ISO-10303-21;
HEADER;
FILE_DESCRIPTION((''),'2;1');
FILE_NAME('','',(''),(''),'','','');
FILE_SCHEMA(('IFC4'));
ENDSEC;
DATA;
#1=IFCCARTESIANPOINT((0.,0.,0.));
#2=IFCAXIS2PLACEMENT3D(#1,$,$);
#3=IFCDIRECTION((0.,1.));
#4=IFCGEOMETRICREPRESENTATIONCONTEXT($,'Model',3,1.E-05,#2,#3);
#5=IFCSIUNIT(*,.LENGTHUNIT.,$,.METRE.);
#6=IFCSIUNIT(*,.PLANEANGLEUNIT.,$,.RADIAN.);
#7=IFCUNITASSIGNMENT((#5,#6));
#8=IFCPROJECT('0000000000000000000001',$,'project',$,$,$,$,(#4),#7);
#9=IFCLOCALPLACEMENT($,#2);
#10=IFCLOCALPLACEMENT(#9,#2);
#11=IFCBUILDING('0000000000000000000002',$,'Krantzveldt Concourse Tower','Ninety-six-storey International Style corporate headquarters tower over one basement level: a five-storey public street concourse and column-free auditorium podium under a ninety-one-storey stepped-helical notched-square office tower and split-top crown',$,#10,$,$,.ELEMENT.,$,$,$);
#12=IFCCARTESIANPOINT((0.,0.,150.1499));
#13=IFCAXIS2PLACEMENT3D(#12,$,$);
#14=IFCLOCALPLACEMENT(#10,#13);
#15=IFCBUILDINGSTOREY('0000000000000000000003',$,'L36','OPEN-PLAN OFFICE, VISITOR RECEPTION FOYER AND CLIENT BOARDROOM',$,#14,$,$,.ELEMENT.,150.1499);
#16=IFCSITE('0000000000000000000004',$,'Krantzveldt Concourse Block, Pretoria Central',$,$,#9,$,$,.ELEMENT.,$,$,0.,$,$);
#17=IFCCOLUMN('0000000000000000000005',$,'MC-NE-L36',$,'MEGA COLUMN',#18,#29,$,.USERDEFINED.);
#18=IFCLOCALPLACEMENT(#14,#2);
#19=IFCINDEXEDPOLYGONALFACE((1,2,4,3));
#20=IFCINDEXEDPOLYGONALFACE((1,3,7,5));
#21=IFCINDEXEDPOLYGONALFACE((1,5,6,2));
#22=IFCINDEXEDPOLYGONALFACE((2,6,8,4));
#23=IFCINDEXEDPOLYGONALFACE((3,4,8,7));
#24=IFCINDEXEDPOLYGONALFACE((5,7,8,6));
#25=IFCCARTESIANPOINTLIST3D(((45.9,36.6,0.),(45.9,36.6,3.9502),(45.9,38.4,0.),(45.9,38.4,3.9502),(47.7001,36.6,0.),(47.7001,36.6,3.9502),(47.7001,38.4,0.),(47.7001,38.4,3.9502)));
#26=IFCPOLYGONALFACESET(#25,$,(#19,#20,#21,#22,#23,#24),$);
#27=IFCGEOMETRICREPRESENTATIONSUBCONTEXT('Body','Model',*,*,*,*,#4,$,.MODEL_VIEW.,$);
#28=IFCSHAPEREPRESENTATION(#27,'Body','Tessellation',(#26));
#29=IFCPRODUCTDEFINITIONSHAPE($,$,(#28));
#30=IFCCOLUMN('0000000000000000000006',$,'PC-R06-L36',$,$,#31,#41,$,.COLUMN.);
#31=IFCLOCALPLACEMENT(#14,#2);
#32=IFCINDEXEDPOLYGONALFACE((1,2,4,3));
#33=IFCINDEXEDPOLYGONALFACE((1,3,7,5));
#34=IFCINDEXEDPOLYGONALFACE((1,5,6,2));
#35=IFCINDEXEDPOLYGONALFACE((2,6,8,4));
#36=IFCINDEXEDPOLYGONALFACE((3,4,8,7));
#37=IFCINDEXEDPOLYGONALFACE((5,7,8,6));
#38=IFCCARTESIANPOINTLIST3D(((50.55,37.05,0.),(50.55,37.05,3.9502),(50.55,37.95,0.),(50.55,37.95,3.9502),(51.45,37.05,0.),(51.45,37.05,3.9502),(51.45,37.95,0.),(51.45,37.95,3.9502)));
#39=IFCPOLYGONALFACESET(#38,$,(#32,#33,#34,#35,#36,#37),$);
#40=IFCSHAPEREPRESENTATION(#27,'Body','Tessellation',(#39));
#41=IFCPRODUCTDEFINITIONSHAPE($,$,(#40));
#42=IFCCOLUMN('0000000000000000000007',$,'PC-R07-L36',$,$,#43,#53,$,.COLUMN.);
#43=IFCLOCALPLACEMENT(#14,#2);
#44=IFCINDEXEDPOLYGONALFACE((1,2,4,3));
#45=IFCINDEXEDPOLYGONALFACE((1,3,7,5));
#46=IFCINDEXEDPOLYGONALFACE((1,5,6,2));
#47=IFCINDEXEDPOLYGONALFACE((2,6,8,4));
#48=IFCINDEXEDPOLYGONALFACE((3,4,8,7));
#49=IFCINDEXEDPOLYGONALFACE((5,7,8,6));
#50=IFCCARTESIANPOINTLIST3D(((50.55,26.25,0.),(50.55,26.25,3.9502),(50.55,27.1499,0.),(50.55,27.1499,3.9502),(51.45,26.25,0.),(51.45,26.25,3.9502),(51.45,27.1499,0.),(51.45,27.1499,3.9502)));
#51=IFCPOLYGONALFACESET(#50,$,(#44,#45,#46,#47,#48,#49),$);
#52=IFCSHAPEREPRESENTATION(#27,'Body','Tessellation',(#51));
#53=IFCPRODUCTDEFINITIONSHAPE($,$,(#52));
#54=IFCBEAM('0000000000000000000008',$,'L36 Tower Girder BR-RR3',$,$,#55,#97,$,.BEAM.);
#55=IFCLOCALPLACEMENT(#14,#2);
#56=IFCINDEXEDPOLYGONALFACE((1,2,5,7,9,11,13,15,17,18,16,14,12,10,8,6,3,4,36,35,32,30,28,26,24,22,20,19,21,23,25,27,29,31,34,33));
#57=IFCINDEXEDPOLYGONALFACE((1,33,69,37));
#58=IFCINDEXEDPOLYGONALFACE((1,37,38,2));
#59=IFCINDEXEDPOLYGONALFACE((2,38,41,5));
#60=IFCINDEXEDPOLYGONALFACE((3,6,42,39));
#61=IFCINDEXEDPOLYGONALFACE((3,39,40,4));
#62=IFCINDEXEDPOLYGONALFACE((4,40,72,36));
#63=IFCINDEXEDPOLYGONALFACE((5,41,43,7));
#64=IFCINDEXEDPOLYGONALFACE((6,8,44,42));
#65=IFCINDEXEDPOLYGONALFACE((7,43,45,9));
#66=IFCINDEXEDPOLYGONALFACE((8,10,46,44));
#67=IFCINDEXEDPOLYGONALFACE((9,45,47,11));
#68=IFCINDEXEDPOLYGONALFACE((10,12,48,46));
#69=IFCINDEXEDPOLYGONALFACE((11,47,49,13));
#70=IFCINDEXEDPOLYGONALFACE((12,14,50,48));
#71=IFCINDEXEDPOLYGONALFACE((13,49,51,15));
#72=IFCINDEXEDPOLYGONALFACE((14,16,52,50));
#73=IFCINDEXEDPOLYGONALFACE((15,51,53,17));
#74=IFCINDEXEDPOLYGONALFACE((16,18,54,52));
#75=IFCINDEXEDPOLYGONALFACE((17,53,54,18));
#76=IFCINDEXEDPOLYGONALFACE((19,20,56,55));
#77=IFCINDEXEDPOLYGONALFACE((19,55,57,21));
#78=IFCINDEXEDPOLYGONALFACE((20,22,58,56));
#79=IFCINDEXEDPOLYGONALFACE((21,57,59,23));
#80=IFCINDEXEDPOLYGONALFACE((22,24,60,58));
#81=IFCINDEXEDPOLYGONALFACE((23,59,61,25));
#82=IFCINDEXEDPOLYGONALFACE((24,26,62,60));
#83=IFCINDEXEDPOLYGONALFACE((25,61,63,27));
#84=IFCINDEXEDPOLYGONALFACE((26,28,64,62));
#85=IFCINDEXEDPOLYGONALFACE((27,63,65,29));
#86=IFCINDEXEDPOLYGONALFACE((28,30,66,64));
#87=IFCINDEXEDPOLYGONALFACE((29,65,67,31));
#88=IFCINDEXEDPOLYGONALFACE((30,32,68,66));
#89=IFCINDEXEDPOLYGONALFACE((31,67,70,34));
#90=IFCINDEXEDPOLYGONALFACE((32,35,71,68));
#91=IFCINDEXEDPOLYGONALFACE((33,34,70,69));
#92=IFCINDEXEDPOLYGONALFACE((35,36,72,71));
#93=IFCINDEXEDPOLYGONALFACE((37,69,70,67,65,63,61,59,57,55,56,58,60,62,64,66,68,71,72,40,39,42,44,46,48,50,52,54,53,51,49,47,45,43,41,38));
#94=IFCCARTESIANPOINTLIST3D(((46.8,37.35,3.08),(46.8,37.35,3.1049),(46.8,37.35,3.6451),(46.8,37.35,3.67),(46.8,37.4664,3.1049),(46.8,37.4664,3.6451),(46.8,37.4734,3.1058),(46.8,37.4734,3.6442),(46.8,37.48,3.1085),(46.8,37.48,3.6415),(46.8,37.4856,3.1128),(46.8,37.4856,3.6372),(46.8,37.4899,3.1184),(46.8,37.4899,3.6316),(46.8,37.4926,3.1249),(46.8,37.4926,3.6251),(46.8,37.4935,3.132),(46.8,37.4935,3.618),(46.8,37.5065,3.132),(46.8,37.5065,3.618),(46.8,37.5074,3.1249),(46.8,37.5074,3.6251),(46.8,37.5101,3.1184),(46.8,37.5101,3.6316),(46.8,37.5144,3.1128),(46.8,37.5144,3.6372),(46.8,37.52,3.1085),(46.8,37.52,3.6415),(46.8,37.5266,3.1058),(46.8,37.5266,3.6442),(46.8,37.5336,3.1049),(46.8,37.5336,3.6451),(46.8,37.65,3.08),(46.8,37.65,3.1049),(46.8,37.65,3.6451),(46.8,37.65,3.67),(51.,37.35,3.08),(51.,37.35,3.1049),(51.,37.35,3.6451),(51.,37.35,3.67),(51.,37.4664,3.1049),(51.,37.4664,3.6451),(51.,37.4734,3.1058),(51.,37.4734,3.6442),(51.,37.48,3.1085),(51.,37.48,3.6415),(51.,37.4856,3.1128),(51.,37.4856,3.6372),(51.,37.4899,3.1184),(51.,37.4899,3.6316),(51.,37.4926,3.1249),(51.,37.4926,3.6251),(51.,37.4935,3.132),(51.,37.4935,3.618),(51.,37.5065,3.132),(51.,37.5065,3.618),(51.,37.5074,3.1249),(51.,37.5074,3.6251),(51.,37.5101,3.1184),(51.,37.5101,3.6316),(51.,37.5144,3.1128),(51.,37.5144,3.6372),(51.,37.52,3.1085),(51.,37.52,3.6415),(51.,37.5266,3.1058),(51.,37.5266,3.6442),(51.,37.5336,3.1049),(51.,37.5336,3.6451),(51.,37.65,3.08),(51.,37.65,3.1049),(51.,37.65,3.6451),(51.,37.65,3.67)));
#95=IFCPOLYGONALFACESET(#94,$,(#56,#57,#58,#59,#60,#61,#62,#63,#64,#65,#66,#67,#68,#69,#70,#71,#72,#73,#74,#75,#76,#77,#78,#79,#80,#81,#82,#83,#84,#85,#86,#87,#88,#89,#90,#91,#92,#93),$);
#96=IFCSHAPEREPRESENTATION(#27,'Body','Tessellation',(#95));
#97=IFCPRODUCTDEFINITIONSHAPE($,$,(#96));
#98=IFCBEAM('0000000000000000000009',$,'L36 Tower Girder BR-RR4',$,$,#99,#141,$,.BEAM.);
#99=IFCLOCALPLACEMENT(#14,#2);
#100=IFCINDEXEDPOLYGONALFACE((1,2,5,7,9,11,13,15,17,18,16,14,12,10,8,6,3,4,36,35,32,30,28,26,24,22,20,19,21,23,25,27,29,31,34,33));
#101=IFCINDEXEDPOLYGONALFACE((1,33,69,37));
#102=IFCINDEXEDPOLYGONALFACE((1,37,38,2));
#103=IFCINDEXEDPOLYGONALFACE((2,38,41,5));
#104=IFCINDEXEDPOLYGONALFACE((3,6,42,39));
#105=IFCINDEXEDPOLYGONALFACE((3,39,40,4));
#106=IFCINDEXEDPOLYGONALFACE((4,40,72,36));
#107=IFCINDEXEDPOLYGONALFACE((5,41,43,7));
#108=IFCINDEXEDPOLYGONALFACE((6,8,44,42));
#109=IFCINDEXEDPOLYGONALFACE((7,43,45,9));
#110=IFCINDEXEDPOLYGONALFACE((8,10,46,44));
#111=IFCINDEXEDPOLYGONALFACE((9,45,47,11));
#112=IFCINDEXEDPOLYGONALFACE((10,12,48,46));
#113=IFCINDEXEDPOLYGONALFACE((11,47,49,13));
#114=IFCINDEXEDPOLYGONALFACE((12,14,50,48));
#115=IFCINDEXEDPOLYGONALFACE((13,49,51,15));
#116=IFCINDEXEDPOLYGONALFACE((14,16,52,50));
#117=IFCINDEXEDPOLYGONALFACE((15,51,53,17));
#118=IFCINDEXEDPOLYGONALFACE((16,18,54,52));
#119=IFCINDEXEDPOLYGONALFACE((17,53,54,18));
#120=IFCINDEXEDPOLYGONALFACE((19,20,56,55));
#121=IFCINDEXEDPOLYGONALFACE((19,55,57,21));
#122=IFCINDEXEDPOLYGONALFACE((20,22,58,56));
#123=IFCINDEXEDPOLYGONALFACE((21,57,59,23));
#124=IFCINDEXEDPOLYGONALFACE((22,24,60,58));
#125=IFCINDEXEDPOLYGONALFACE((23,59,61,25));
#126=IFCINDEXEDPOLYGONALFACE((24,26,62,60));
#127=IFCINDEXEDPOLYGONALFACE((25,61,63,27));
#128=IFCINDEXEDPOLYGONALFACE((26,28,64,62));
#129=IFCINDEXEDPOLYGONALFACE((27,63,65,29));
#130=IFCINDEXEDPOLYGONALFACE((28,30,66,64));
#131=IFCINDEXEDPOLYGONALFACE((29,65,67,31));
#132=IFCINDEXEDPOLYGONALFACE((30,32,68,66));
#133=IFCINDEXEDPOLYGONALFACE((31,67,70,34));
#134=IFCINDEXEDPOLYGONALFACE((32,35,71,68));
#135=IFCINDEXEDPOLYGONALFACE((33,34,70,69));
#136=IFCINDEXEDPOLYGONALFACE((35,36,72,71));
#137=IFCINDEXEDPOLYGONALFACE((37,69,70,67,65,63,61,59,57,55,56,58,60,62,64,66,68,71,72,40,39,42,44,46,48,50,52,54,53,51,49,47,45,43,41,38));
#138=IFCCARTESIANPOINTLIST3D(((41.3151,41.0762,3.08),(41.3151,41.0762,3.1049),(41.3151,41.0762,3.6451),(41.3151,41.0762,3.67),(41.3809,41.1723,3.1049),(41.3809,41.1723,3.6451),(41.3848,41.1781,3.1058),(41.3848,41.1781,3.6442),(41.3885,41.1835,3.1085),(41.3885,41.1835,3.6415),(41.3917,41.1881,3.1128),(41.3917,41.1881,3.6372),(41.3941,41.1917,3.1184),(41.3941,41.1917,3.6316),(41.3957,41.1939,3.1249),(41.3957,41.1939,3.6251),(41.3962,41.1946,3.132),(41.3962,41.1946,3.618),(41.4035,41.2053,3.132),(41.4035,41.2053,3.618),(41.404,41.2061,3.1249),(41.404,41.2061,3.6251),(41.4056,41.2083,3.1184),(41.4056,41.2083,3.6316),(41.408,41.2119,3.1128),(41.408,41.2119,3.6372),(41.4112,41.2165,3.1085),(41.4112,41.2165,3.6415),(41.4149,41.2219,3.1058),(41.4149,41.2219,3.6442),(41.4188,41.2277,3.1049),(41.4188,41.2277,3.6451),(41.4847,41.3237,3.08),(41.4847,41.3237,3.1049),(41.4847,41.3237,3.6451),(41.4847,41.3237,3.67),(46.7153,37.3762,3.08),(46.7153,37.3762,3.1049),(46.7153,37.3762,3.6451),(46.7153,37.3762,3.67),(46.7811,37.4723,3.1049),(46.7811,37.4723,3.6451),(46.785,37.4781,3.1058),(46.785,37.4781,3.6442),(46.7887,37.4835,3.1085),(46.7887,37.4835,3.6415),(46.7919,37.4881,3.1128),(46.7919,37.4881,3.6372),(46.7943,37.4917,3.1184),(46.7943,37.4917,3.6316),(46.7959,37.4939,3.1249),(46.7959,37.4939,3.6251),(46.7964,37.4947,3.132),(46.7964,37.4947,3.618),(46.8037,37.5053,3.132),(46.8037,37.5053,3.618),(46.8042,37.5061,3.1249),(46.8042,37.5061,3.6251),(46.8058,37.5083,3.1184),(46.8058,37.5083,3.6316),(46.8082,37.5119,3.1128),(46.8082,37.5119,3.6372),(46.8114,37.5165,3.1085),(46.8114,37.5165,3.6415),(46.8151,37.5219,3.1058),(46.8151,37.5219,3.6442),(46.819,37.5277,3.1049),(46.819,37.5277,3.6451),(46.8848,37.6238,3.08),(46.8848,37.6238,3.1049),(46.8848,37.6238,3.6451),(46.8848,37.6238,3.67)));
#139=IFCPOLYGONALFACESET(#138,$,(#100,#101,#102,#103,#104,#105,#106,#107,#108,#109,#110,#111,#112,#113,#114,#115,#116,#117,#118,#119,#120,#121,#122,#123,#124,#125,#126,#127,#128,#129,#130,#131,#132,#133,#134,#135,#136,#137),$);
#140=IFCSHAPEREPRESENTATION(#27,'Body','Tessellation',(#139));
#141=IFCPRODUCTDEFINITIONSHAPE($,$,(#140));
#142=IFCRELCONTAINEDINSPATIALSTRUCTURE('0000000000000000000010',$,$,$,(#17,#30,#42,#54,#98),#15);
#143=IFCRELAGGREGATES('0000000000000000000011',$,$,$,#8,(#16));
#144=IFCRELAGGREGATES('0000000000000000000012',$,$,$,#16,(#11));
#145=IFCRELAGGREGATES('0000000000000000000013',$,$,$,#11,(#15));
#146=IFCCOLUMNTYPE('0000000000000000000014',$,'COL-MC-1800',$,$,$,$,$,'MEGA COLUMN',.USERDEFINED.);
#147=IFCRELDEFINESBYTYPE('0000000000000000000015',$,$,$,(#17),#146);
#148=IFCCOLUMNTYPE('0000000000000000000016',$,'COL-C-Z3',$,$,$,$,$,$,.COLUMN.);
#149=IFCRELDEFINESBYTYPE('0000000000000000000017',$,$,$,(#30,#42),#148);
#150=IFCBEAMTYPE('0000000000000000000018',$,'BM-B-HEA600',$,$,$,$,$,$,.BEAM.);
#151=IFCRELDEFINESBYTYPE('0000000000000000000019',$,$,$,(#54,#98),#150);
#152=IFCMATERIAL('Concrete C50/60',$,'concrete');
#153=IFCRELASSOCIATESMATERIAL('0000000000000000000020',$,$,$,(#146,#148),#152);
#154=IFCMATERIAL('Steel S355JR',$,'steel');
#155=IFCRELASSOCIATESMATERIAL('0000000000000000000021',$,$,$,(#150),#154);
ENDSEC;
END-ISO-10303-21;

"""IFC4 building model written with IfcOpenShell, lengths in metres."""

from ifc_helpers import new_model, si_unit, direction, frame, origin, origin_2d, place, context, subcontext, project, spatial, rectangle, i_section, extrude, source, transform, mapped, material, material_profile, profile_set, type_object, type_shapes, element, save


model = new_model("IFC4")

# Units and contexts
model_context = context("Model", 3, precision=1e-05, world=origin(), true_north=direction((0.0, 1.0)))
body_context = subcontext(model_context, "Body", "Model", "MODEL_VIEW")
ifc_project = project(units=[si_unit("LENGTHUNIT", "METRE"), si_unit("PLANEANGLEUNIT", "RADIAN")], contexts=[model_context])

# Site, building, storey
site_placement = place(None, origin())
site = spatial("IfcSite", under=ifc_project, at=site_placement, Name="Krantzveldt Concourse Block, Pretoria Central", CompositionType="ELEMENT", RefElevation=0.0)
building_placement = place(site_placement, origin())
building = spatial("IfcBuilding", under=site, at=building_placement, Name="Krantzveldt Concourse Tower", Description="Ninety-six-storey International Style corporate headquarters tower over one basement level: a five-storey public street concourse and column-free auditorium podium under a ninety-one-storey stepped-helical notched-square office tower and split-top crown", CompositionType="ELEMENT")
storey_placement = place(building_placement, frame((0.0, 0.0, 150.1499)))
storey = spatial("IfcBuildingStorey", under=building, at=storey_placement, Name="L36", Description="OPEN-PLAN OFFICE, VISITOR RECEPTION FOYER AND CLIENT BOARDROOM", CompositionType="ELEMENT", Elevation=150.1499)

# Columns
ifc_material_1 = material(Name="Concrete C50/60", Category="concrete")
ifc_material_profile_1 = material_profile(ifc_material_1, rectangle(XDim=1.8, YDim=1.8, at=origin_2d()), Name="Concrete C50/60", Category="concrete")
ifc_profile_set_1 = profile_set([ifc_material_profile_1], Name="Concrete C50/60 - RC 1800x1800")
column_type_1 = type_object("IfcColumnType", Name="COL-MC-1800", ElementType="MEGA COLUMN", PredefinedType="USERDEFINED", material=ifc_profile_set_1)
shared_shape_1 = source(origin(), body_context, "Body", "SweptSolid", [
    extrude(rectangle(XDim=1.8, YDim=1.8, at=origin_2d()), origin(), (0.0, 0.0, 1.0), 3.9502),
])
type_shapes(column_type_1, [shared_shape_1])
column_placement = place(storey_placement, frame((46.8, 37.5, 0.0), z_axis=(0.0, 0.0, 1.0), x_axis=(1.0, 0.0, 0.0)))
element("IfcColumn", 1, at=column_placement, inside=storey, type_object=column_type_1, Name="MC-NE-L36", ObjectType="MEGA COLUMN", PredefinedType="USERDEFINED", context=body_context, shape_type="MappedRepresentation", body=[
    mapped(shared_shape_1, transform((0.0, 0.0, 0.0), x_axis=(1.0, 0.0, 0.0), y_axis=(0.0, 1.0, 0.0), z_axis=(0.0, 0.0, 1.0), scale=1.0)),
])
ifc_material_profile_2 = material_profile(ifc_material_1, rectangle(XDim=0.8999, YDim=0.8999, at=origin_2d()), Name="Concrete C50/60", Category="concrete")
ifc_profile_set_2 = profile_set([ifc_material_profile_2], Name="Concrete C50/60 - RC 900x900")
column_type_2 = type_object("IfcColumnType", Name="COL-C-Z3", PredefinedType="COLUMN", material=ifc_profile_set_2)
shared_shape_2 = source(origin(), body_context, "Body", "SweptSolid", [
    extrude(rectangle(XDim=0.8999, YDim=0.8999, at=origin_2d()), origin(), (0.0, 0.0, 1.0), 3.9502),
])
type_shapes(column_type_2, [shared_shape_2])
for number, where, z_axis, x_axis, name in (
    (2, (51.0, 37.5, 0.0), (0.0, 0.0, 1.0), (1.0, 0.0, 0.0), "PC-R06-L36"),
    (3, (51.0, 26.7, 0.0), (0.0, 0.0, 1.0), (1.0, 0.0, 0.0), "PC-R07-L36"),
):
    element("IfcColumn", number, at=place(storey_placement, frame(where, z_axis=z_axis, x_axis=x_axis)), inside=storey, type_object=column_type_2, Name=name, PredefinedType="COLUMN", context=body_context, shape_type="MappedRepresentation", body=[
        mapped(shared_shape_2, transform((0.0, 0.0, 0.0), x_axis=(1.0, 0.0, 0.0), y_axis=(0.0, 1.0, 0.0), z_axis=(0.0, 0.0, 1.0), scale=1.0)),
    ])

# Beams
ifc_material_2 = material(Name="Steel S355JR", Category="steel")
ifc_material_profile_3 = material_profile(ifc_material_2, i_section(OverallWidth=0.3, OverallDepth=0.5901, WebThickness=0.0129, FlangeThickness=0.0249, FilletRadius=0.0271, at=origin_2d()), Name="Steel S355JR", Category="steel")
ifc_profile_set_3 = profile_set([ifc_material_profile_3], Name="Steel S355JR - HEA 600")
beam_type_1 = type_object("IfcBeamType", Name="BM-B-HEA600", PredefinedType="BEAM", material=ifc_profile_set_3)
shared_shape_3 = source(origin(), body_context, "Body", "SweptSolid", [
    extrude(i_section(OverallWidth=0.3, OverallDepth=0.5901, WebThickness=0.0129, FlangeThickness=0.0249, FilletRadius=0.0271, at=origin_2d()), origin(), (0.0, 0.0, 1.0), 4.2),
])
beam_1_placement = place(storey_placement, frame((46.8, 37.5, 3.375), z_axis=(1.0, 0.0, 0.0), x_axis=(0.0, 1.0, 0.0)))
element("IfcBeam", 4, at=beam_1_placement, inside=storey, type_object=beam_type_1, Name="L36 Tower Girder BR-RR3", PredefinedType="BEAM", context=body_context, shape_type="MappedRepresentation", body=[
    mapped(shared_shape_3, transform((0.0, 0.0, 0.0), x_axis=(1.0, 0.0, 0.0), y_axis=(0.0, 1.0, 0.0), z_axis=(0.0, 0.0, 1.0), scale=1.0)),
])
shared_shape_4 = source(origin(), body_context, "Body", "SweptSolid", [
    extrude(i_section(OverallWidth=0.3, OverallDepth=0.5901, WebThickness=0.0129, FlangeThickness=0.0249, FilletRadius=0.0271, at=origin_2d()), origin(), (0.0, 0.0, 1.0), 6.5461),
])
type_shapes(beam_type_1, [shared_shape_3, shared_shape_4])
beam_2_placement = place(storey_placement, frame((46.8, 37.5, 3.375), z_axis=(-0.824943, 0.565216, 0.0), x_axis=(-0.565216, -0.824943, 0.0)))
element("IfcBeam", 5, at=beam_2_placement, inside=storey, type_object=beam_type_1, Name="L36 Tower Girder BR-RR4", PredefinedType="BEAM", context=body_context, shape_type="MappedRepresentation", body=[
    mapped(shared_shape_4, transform((0.0, 0.0, 0.0), x_axis=(1.0, 0.0, 0.0), y_axis=(0.0, 1.0, 0.0), z_axis=(0.0, 0.0, 1.0), scale=1.0)),
])

save(model, "model.ifc")
